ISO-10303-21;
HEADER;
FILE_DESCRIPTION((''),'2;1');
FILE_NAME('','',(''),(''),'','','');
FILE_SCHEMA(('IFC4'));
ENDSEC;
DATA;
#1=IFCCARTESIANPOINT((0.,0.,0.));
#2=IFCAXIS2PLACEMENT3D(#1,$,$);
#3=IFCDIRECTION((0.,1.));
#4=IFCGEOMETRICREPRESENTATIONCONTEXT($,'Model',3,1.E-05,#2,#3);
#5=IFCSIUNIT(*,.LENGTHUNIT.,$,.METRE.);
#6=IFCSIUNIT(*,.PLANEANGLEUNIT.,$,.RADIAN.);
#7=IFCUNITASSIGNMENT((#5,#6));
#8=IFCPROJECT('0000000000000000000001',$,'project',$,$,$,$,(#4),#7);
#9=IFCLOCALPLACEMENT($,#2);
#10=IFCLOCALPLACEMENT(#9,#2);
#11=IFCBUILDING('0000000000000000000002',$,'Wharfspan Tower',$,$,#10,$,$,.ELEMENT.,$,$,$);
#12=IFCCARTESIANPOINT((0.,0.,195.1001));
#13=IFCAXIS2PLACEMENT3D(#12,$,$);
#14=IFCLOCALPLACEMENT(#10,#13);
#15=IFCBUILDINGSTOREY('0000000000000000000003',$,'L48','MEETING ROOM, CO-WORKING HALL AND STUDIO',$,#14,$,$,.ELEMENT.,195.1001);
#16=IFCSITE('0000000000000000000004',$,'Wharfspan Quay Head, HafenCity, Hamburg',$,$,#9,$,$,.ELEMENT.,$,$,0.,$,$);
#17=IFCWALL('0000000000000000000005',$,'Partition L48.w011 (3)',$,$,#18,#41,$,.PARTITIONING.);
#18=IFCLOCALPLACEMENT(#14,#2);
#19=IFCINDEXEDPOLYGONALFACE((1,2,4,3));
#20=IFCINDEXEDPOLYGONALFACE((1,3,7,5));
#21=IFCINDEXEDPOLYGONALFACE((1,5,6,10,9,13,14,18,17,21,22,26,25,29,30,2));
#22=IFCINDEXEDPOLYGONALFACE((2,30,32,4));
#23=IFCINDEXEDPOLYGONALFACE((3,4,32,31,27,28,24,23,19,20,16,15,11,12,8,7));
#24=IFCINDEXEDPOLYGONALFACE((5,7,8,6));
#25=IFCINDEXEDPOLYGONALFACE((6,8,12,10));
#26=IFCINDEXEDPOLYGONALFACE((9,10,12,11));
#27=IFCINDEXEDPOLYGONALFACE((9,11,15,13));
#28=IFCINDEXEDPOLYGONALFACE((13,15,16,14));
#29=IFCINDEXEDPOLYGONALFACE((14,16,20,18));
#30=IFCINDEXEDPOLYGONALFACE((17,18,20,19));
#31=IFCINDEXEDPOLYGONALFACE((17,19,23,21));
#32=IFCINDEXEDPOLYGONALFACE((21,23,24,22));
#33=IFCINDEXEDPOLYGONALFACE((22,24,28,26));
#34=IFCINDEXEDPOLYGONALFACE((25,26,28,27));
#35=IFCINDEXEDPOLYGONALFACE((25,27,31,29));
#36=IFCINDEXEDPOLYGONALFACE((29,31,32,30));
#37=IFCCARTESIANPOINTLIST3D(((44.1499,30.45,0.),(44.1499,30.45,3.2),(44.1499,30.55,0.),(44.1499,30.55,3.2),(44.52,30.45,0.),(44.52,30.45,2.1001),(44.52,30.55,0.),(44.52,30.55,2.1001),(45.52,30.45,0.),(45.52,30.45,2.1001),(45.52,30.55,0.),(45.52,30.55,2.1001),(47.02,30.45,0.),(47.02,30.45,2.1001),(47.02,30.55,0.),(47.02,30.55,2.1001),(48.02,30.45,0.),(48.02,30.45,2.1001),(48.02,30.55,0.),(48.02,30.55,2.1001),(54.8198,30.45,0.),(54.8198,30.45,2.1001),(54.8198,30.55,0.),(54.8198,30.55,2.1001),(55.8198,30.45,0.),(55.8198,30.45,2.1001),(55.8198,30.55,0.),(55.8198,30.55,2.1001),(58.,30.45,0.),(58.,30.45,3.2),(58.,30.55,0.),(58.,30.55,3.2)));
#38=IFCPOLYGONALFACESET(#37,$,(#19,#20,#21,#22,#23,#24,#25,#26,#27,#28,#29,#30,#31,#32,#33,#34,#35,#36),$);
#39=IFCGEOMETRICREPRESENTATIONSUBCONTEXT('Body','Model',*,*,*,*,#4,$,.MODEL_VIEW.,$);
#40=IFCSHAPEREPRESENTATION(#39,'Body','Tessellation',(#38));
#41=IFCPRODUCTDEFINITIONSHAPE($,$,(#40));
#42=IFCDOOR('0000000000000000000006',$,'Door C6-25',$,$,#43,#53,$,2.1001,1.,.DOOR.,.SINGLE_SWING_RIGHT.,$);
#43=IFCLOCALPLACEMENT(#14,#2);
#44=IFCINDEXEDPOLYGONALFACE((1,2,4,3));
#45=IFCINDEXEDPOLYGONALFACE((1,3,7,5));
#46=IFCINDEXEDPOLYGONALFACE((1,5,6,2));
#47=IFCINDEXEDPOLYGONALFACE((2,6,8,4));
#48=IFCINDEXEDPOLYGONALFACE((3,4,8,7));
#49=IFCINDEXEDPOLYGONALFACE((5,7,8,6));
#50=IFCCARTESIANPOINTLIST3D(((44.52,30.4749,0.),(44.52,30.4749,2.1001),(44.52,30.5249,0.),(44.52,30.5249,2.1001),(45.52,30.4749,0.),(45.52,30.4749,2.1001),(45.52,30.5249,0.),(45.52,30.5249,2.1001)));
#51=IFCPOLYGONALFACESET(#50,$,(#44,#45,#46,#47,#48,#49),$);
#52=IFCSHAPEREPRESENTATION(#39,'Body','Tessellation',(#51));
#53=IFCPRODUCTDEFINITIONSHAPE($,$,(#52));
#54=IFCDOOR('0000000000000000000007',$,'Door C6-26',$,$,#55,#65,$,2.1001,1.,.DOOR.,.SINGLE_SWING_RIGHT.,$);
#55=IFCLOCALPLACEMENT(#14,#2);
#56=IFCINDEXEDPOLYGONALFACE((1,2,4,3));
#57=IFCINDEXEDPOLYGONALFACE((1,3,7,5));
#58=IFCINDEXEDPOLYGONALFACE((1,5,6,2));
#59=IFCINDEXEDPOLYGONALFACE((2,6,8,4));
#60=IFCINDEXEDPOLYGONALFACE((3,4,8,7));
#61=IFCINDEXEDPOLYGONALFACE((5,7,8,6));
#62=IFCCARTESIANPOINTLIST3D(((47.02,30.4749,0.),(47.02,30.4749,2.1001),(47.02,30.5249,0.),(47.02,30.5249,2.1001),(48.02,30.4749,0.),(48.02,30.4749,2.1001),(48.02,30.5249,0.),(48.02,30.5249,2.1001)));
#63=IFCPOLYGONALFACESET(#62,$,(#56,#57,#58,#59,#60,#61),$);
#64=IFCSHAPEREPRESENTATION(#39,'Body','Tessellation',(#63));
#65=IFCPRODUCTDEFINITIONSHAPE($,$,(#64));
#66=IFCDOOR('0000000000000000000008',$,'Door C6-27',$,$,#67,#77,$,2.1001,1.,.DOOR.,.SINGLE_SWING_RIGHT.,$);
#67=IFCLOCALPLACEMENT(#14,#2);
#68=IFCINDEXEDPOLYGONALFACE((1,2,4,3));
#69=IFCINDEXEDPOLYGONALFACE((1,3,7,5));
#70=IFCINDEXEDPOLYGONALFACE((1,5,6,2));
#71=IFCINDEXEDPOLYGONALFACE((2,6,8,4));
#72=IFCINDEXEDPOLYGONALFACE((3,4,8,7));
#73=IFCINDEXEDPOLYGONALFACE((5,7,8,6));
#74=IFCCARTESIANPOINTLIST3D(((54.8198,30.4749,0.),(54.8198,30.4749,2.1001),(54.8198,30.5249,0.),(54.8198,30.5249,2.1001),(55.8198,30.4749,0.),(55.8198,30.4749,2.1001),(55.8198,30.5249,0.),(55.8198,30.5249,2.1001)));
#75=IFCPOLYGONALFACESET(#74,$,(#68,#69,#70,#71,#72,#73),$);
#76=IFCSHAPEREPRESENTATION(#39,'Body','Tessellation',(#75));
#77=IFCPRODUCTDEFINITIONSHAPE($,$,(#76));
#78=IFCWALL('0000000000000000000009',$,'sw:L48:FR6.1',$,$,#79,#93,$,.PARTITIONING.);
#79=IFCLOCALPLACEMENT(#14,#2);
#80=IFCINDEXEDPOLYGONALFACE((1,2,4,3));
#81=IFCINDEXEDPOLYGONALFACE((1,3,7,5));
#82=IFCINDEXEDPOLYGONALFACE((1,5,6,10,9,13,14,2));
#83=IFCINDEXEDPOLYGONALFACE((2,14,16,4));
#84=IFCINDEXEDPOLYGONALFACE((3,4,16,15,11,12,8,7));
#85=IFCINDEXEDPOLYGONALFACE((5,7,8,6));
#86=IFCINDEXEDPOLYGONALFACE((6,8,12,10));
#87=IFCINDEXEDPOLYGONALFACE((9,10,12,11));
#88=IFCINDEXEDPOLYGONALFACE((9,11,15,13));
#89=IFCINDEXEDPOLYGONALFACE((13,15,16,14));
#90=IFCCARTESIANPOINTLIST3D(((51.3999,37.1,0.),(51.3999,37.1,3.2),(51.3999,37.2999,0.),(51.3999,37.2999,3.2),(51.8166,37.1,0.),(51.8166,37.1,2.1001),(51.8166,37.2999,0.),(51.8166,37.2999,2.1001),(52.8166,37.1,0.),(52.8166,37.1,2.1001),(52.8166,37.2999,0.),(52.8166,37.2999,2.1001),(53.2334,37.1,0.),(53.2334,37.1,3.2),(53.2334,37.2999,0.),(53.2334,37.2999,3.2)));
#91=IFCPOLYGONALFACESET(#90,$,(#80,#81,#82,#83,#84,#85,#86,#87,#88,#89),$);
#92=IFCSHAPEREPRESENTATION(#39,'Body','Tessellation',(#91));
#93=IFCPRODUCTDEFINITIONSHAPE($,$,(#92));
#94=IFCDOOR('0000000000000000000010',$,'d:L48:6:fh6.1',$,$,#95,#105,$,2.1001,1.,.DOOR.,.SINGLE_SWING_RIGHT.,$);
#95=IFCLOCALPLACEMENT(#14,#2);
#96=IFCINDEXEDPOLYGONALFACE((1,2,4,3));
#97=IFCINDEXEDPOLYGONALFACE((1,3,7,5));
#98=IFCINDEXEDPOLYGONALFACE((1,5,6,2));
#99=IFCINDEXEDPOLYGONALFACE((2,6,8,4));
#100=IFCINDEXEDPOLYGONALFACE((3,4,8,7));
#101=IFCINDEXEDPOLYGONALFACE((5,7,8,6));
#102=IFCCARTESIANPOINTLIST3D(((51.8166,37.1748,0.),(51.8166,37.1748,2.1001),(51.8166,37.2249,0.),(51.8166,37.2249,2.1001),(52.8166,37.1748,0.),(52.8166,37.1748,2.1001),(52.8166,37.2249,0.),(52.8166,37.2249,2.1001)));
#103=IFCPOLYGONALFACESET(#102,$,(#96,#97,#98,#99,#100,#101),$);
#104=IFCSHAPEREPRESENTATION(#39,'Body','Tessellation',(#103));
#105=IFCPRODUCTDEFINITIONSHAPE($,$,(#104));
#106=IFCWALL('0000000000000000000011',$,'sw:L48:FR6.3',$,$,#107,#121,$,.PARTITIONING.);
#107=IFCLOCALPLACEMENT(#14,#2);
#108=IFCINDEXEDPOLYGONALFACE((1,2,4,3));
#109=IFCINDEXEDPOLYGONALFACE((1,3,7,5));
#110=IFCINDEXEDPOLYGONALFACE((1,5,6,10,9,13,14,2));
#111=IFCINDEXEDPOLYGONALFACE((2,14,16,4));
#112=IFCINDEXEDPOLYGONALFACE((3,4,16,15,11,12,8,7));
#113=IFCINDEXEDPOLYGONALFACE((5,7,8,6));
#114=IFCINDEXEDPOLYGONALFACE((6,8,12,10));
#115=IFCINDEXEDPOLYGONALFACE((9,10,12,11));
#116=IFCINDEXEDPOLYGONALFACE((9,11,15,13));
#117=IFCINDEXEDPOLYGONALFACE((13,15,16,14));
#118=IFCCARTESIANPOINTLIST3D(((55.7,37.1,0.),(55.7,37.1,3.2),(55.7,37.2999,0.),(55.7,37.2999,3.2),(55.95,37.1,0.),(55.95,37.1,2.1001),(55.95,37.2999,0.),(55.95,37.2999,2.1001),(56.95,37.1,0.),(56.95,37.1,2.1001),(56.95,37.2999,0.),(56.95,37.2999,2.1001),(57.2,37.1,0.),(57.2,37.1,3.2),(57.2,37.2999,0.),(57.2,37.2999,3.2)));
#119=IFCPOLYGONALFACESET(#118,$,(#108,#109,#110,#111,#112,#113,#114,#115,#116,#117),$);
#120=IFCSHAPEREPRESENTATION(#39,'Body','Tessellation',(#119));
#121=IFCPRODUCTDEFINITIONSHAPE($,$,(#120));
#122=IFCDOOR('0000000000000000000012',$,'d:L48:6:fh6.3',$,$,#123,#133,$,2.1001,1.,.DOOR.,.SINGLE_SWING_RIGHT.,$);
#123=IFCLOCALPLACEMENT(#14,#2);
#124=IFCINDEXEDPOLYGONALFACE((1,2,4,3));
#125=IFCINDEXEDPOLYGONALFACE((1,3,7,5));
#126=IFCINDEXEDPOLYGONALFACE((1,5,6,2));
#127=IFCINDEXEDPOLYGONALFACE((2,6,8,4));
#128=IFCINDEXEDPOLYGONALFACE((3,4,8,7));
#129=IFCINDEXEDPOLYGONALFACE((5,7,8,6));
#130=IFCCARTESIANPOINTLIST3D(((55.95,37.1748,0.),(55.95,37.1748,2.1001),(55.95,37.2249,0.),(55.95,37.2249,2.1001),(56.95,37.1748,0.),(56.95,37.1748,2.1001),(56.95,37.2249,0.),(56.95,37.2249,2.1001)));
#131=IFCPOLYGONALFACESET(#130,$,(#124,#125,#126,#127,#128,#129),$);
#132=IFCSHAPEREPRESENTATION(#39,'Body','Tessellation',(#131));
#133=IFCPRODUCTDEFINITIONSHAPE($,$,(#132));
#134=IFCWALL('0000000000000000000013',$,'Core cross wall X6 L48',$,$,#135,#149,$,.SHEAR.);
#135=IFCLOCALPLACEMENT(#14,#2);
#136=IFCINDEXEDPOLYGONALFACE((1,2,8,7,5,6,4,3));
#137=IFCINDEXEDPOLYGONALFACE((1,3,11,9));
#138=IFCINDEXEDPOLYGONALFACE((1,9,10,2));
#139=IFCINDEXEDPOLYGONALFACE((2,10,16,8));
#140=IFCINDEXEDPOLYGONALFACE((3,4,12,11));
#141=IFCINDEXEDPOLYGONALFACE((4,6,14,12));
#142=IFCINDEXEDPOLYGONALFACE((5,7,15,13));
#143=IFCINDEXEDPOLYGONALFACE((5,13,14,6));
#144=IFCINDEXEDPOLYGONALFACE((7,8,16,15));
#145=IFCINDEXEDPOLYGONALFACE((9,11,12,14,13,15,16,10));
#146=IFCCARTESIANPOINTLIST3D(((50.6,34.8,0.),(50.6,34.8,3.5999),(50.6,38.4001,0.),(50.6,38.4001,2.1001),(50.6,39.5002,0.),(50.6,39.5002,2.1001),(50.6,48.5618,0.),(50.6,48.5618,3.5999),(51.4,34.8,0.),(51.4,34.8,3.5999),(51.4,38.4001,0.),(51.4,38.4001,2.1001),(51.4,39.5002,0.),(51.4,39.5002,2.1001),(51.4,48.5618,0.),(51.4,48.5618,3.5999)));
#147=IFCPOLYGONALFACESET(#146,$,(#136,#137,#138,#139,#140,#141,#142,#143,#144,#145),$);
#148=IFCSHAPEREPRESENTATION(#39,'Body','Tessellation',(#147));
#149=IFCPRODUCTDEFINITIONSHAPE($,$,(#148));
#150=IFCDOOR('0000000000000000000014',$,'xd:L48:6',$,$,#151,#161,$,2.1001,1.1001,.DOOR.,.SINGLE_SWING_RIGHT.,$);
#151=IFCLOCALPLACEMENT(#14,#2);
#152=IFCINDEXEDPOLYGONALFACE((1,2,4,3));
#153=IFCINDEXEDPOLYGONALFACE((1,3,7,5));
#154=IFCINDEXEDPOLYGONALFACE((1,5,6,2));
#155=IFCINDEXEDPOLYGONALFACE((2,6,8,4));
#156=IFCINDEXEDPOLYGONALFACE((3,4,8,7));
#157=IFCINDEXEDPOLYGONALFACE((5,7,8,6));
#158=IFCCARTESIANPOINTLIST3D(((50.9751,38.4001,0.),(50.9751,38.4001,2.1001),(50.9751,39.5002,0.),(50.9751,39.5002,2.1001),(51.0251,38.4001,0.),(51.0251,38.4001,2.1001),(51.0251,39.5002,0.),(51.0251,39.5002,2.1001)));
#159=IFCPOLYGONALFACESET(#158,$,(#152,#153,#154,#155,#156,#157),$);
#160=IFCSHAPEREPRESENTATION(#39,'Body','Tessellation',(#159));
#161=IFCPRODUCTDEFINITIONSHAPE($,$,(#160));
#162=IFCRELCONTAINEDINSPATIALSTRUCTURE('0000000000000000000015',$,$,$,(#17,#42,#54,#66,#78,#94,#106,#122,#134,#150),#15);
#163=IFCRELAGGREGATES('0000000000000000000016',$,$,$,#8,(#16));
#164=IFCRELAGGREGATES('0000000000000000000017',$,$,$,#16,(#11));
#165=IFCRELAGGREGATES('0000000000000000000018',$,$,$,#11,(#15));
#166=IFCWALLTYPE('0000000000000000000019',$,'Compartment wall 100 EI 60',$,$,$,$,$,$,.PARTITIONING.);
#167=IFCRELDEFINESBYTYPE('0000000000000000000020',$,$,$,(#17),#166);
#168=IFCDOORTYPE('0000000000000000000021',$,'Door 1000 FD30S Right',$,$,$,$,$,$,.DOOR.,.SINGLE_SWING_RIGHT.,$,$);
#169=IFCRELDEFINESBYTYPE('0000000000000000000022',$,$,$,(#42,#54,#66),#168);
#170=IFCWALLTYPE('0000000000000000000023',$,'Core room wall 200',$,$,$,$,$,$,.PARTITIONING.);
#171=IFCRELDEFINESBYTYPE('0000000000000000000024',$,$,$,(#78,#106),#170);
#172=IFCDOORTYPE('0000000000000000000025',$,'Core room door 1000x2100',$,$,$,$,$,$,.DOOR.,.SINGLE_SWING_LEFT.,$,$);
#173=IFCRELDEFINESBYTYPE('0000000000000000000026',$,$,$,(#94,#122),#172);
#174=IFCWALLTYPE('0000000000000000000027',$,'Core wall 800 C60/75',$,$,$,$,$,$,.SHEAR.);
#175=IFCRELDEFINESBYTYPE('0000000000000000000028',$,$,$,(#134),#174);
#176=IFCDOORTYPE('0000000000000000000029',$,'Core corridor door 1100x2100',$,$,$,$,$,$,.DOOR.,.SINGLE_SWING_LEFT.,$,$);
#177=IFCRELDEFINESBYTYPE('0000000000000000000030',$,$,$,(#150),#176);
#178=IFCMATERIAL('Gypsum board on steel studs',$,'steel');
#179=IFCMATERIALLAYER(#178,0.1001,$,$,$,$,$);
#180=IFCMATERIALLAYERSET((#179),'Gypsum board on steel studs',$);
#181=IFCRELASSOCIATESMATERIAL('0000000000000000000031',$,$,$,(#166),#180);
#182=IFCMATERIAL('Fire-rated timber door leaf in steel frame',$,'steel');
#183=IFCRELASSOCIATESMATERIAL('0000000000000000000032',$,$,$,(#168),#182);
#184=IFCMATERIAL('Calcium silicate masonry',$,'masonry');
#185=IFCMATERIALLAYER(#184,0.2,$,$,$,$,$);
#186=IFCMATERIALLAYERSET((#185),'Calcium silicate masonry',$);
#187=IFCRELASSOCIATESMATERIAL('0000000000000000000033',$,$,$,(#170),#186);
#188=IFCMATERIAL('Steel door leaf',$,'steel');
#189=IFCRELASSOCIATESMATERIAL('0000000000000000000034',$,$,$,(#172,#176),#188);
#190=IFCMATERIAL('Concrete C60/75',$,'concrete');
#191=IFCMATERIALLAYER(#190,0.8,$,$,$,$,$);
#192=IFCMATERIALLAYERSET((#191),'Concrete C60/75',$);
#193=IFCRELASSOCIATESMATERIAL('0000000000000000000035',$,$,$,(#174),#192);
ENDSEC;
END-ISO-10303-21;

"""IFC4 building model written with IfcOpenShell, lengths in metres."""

from ifc_helpers import new_model, si_unit, direction, frame, frame_2d, origin, place, context, subcontext, project, spatial, rectangle, extrude, material, layer, layer_set, type_object, element, fill, save


model = new_model("IFC4")

# Units and contexts
model_context = context("Model", 3, precision=1e-05, world=origin(), true_north=direction((0.0, 1.0)))
body_context = subcontext(model_context, "Body", "Model", "MODEL_VIEW")
ifc_project = project(units=[si_unit("LENGTHUNIT", "METRE"), si_unit("PLANEANGLEUNIT", "RADIAN")], contexts=[model_context])

# Site, building, storey
site_placement = place(None, origin())
site = spatial("IfcSite", under=ifc_project, at=site_placement, Name="Wharfspan Quay Head, HafenCity, Hamburg", CompositionType="ELEMENT", RefElevation=0.0)
building_placement = place(site_placement, origin())
building = spatial("IfcBuilding", under=site, at=building_placement, Name="Wharfspan Tower", CompositionType="ELEMENT")
storey_placement = place(building_placement, frame((0.0, 0.0, 195.1001)))
storey = spatial("IfcBuildingStorey", under=building, at=storey_placement, Name="L48", Description="MEETING ROOM, CO-WORKING HALL AND STUDIO", CompositionType="ELEMENT", Elevation=195.1001)

# Shared definitions
ifc_material_1 = material(Name="Gypsum board on steel studs", Category="steel")
ifc_layer_1 = layer(ifc_material_1, 0.1001)
ifc_layer_set_1 = layer_set([ifc_layer_1], Name="Gypsum board on steel studs")
wall_type_1 = type_object("IfcWallType", Name="Compartment wall 100 EI 60", PredefinedType="PARTITIONING", material=ifc_layer_set_1)

# Wall, openings, doors
wall_1_placement = place(storey_placement, frame((44.1499, 30.5, 0.0), z_axis=(0.0, 0.0, 1.0), x_axis=(1.0, 0.0, 0.0)))
wall_1 = element("IfcWall", 1, at=wall_1_placement, inside=storey, type_object=wall_type_1, Name="Partition L48.w011 (3)", PredefinedType="PARTITIONING", context=body_context, shape_type="SweptSolid", body=[
    extrude(rectangle(XDim=13.8501, YDim=0.1001, at=frame_2d((6.925, 0.0))), origin(), (0.0, 0.0, 1.0), 3.2),
])
opening_1_placement = place(wall_1_placement, frame((0.3701, 0.0, 0.0)))
opening_1 = element("IfcOpeningElement", 2, at=opening_1_placement, cuts=wall_1, PredefinedType="OPENING", context=body_context, shape_type="SweptSolid", body=[
    extrude(rectangle(XDim=1.0, YDim=2.1001, at=frame_2d((0.5, 1.05))), frame((0.0, 0.0601, 0.0), z_axis=(0.0, -1.0, 0.0), x_axis=(1.0, 0.0, 0.0)), (0.0, 0.0, 1.0), 0.1201),
])
opening_2_placement = place(wall_1_placement, frame((2.8701, 0.0, 0.0)))
opening_2 = element("IfcOpeningElement", 3, at=opening_2_placement, cuts=wall_1, PredefinedType="OPENING", context=body_context, shape_type="SweptSolid", body=[
    extrude(rectangle(XDim=1.0, YDim=2.1001, at=frame_2d((0.5, 1.05))), frame((0.0, 0.0601, 0.0), z_axis=(0.0, -1.0, 0.0), x_axis=(1.0, 0.0, 0.0)), (0.0, 0.0, 1.0), 0.1201),
])
opening_3_placement = place(wall_1_placement, frame((10.6699, 0.0, 0.0)))
opening_3 = element("IfcOpeningElement", 4, at=opening_3_placement, cuts=wall_1, PredefinedType="OPENING", context=body_context, shape_type="SweptSolid", body=[
    extrude(rectangle(XDim=1.0, YDim=2.1001, at=frame_2d((0.5, 1.05))), frame((0.0, 0.0601, 0.0), z_axis=(0.0, -1.0, 0.0), x_axis=(1.0, 0.0, 0.0)), (0.0, 0.0, 1.0), 0.1201),
])
ifc_material_2 = material(Name="Fire-rated timber door leaf in steel frame", Category="steel")
door_type_1 = type_object("IfcDoorType", Name="Door 1000 FD30S Right", OperationType="SINGLE_SWING_RIGHT", PredefinedType="DOOR", material=ifc_material_2)
door_1_placement = place(opening_1_placement, origin())
door_1 = element("IfcDoor", 5, at=door_1_placement, inside=storey, type_object=door_type_1, Name="Door C6-25", OperationType="SINGLE_SWING_RIGHT", OverallHeight=2.1001, OverallWidth=1.0, PredefinedType="DOOR", context=body_context, shape_type="SweptSolid", body=[
    extrude(rectangle(XDim=1.0, YDim=2.1001, at=frame_2d((0.5, 1.05))), frame((0.0, 0.0249, 0.0), z_axis=(0.0, -1.0, 0.0), x_axis=(1.0, 0.0, 0.0)), (0.0, 0.0, 1.0), 0.05),
])
fill(opening_1, door_1)
door_2_placement = place(opening_2_placement, origin())
door_2 = element("IfcDoor", 6, at=door_2_placement, inside=storey, type_object=door_type_1, Name="Door C6-26", OperationType="SINGLE_SWING_RIGHT", OverallHeight=2.1001, OverallWidth=1.0, PredefinedType="DOOR", context=body_context, shape_type="SweptSolid", body=[
    extrude(rectangle(XDim=1.0, YDim=2.1001, at=frame_2d((0.5, 1.05))), frame((0.0, 0.0249, 0.0), z_axis=(0.0, -1.0, 0.0), x_axis=(1.0, 0.0, 0.0)), (0.0, 0.0, 1.0), 0.05),
])
fill(opening_2, door_2)
door_3_placement = place(opening_3_placement, origin())
door_3 = element("IfcDoor", 7, at=door_3_placement, inside=storey, type_object=door_type_1, Name="Door C6-27", OperationType="SINGLE_SWING_RIGHT", OverallHeight=2.1001, OverallWidth=1.0, PredefinedType="DOOR", context=body_context, shape_type="SweptSolid", body=[
    extrude(rectangle(XDim=1.0, YDim=2.1001, at=frame_2d((0.5, 1.05))), frame((0.0, 0.0249, 0.0), z_axis=(0.0, -1.0, 0.0), x_axis=(1.0, 0.0, 0.0)), (0.0, 0.0, 1.0), 0.05),
])
fill(opening_3, door_3)

# Walls, openings, doors
ifc_material_3 = material(Name="Calcium silicate masonry", Category="masonry")
ifc_layer_2 = layer(ifc_material_3, 0.2)
ifc_layer_set_2 = layer_set([ifc_layer_2], Name="Calcium silicate masonry")
wall_type_2 = type_object("IfcWallType", Name="Core room wall 200", PredefinedType="PARTITIONING", material=ifc_layer_set_2)
wall_2_placement = place(storey_placement, frame((51.3999, 37.2, 0.0), z_axis=(0.0, 0.0, 1.0), x_axis=(1.0, 0.0, 0.0)))
wall_2 = element("IfcWall", 8, at=wall_2_placement, inside=storey, type_object=wall_type_2, Name="sw:L48:FR6.1", PredefinedType="PARTITIONING", context=body_context, shape_type="SweptSolid", body=[
    extrude(rectangle(XDim=1.8335, YDim=0.2, at=frame_2d((0.9167, 0.0))), origin(), (0.0, 0.0, 1.0), 3.2),
])
opening_4_placement = place(wall_2_placement, frame((0.4167, 0.0, 0.0)))
opening_4 = element("IfcOpeningElement", 9, at=opening_4_placement, cuts=wall_2, PredefinedType="OPENING", context=body_context, shape_type="SweptSolid", body=[
    extrude(rectangle(XDim=1.0, YDim=2.1001, at=frame_2d((0.5, 1.05))), frame((0.0, 0.1099, 0.0), z_axis=(0.0, -1.0, 0.0), x_axis=(1.0, 0.0, 0.0)), (0.0, 0.0, 1.0), 0.22),
])
ifc_material_4 = material(Name="Steel door leaf", Category="steel")
door_type_2 = type_object("IfcDoorType", Name="Core room door 1000x2100", OperationType="SINGLE_SWING_LEFT", PredefinedType="DOOR", material=ifc_material_4)
door_4_placement = place(opening_4_placement, origin())
door_4 = element("IfcDoor", 10, at=door_4_placement, inside=storey, type_object=door_type_2, Name="d:L48:6:fh6.1", OperationType="SINGLE_SWING_RIGHT", OverallHeight=2.1001, OverallWidth=1.0, PredefinedType="DOOR", context=body_context, shape_type="SweptSolid", body=[
    extrude(rectangle(XDim=1.0, YDim=2.1001, at=frame_2d((0.5, 1.05))), frame((0.0, 0.0249, 0.0), z_axis=(0.0, -1.0, 0.0), x_axis=(1.0, 0.0, 0.0)), (0.0, 0.0, 1.0), 0.05),
])
fill(opening_4, door_4)
wall_3_placement = place(storey_placement, frame((55.7, 37.2, 0.0), z_axis=(0.0, 0.0, 1.0), x_axis=(1.0, 0.0, 0.0)))
wall_3 = element("IfcWall", 11, at=wall_3_placement, inside=storey, type_object=wall_type_2, Name="sw:L48:FR6.3", PredefinedType="PARTITIONING", context=body_context, shape_type="SweptSolid", body=[
    extrude(rectangle(XDim=1.5, YDim=0.2, at=frame_2d((0.75, 0.0))), origin(), (0.0, 0.0, 1.0), 3.2),
])
opening_5_placement = place(wall_3_placement, frame((0.25, 0.0, 0.0)))
opening_5 = element("IfcOpeningElement", 12, at=opening_5_placement, cuts=wall_3, PredefinedType="OPENING", context=body_context, shape_type="SweptSolid", body=[
    extrude(rectangle(XDim=1.0, YDim=2.1001, at=frame_2d((0.5, 1.05))), frame((0.0, 0.1099, 0.0), z_axis=(0.0, -1.0, 0.0), x_axis=(1.0, 0.0, 0.0)), (0.0, 0.0, 1.0), 0.22),
])
door_5_placement = place(opening_5_placement, origin())
door_5 = element("IfcDoor", 13, at=door_5_placement, inside=storey, type_object=door_type_2, Name="d:L48:6:fh6.3", OperationType="SINGLE_SWING_RIGHT", OverallHeight=2.1001, OverallWidth=1.0, PredefinedType="DOOR", context=body_context, shape_type="SweptSolid", body=[
    extrude(rectangle(XDim=1.0, YDim=2.1001, at=frame_2d((0.5, 1.05))), frame((0.0, 0.0249, 0.0), z_axis=(0.0, -1.0, 0.0), x_axis=(1.0, 0.0, 0.0)), (0.0, 0.0, 1.0), 0.05),
])
fill(opening_5, door_5)
ifc_material_5 = material(Name="Concrete C60/75", Category="concrete")
ifc_layer_3 = layer(ifc_material_5, 0.8)
ifc_layer_set_3 = layer_set([ifc_layer_3], Name="Concrete C60/75")
wall_type_3 = type_object("IfcWallType", Name="Core wall 800 C60/75", PredefinedType="SHEAR", material=ifc_layer_set_3)
wall_4_placement = place(storey_placement, frame((51.0, 34.8, 0.0), z_axis=(0.0, 0.0, 1.0), x_axis=(0.0, 1.0, 0.0)))
wall_4 = element("IfcWall", 14, at=wall_4_placement, inside=storey, type_object=wall_type_3, Name="Core cross wall X6 L48", PredefinedType="SHEAR", context=body_context, shape_type="SweptSolid", body=[
    extrude(rectangle(XDim=13.7617, YDim=0.8, at=frame_2d((6.8809, 0.0))), origin(), (0.0, 0.0, 1.0), 3.5999),
])
opening_6_placement = place(wall_4_placement, frame((3.6001, 0.0, 0.0)))
opening_6 = element("IfcOpeningElement", 15, at=opening_6_placement, cuts=wall_4, PredefinedType="OPENING", context=body_context, shape_type="SweptSolid", body=[
    extrude(rectangle(XDim=1.1001, YDim=2.1001, at=frame_2d((0.55, 1.05))), frame((0.0, 0.4099, 0.0), z_axis=(0.0, -1.0, 0.0), x_axis=(1.0, 0.0, 0.0)), (0.0, 0.0, 1.0), 0.8201),
])
door_type_3 = type_object("IfcDoorType", Name="Core corridor door 1100x2100", OperationType="SINGLE_SWING_LEFT", PredefinedType="DOOR", material=ifc_material_4)
door_6_placement = place(opening_6_placement, origin())
door_6 = element("IfcDoor", 16, at=door_6_placement, inside=storey, type_object=door_type_3, Name="xd:L48:6", OperationType="SINGLE_SWING_RIGHT", OverallHeight=2.1001, OverallWidth=1.1001, PredefinedType="DOOR", context=body_context, shape_type="SweptSolid", body=[
    extrude(rectangle(XDim=1.1001, YDim=2.1001, at=frame_2d((0.55, 1.05))), frame((0.0, 0.0249, 0.0), z_axis=(0.0, -1.0, 0.0), x_axis=(1.0, 0.0, 0.0)), (0.0, 0.0, 1.0), 0.05),
])
fill(opening_6, door_6)

save(model, "model.ifc")
